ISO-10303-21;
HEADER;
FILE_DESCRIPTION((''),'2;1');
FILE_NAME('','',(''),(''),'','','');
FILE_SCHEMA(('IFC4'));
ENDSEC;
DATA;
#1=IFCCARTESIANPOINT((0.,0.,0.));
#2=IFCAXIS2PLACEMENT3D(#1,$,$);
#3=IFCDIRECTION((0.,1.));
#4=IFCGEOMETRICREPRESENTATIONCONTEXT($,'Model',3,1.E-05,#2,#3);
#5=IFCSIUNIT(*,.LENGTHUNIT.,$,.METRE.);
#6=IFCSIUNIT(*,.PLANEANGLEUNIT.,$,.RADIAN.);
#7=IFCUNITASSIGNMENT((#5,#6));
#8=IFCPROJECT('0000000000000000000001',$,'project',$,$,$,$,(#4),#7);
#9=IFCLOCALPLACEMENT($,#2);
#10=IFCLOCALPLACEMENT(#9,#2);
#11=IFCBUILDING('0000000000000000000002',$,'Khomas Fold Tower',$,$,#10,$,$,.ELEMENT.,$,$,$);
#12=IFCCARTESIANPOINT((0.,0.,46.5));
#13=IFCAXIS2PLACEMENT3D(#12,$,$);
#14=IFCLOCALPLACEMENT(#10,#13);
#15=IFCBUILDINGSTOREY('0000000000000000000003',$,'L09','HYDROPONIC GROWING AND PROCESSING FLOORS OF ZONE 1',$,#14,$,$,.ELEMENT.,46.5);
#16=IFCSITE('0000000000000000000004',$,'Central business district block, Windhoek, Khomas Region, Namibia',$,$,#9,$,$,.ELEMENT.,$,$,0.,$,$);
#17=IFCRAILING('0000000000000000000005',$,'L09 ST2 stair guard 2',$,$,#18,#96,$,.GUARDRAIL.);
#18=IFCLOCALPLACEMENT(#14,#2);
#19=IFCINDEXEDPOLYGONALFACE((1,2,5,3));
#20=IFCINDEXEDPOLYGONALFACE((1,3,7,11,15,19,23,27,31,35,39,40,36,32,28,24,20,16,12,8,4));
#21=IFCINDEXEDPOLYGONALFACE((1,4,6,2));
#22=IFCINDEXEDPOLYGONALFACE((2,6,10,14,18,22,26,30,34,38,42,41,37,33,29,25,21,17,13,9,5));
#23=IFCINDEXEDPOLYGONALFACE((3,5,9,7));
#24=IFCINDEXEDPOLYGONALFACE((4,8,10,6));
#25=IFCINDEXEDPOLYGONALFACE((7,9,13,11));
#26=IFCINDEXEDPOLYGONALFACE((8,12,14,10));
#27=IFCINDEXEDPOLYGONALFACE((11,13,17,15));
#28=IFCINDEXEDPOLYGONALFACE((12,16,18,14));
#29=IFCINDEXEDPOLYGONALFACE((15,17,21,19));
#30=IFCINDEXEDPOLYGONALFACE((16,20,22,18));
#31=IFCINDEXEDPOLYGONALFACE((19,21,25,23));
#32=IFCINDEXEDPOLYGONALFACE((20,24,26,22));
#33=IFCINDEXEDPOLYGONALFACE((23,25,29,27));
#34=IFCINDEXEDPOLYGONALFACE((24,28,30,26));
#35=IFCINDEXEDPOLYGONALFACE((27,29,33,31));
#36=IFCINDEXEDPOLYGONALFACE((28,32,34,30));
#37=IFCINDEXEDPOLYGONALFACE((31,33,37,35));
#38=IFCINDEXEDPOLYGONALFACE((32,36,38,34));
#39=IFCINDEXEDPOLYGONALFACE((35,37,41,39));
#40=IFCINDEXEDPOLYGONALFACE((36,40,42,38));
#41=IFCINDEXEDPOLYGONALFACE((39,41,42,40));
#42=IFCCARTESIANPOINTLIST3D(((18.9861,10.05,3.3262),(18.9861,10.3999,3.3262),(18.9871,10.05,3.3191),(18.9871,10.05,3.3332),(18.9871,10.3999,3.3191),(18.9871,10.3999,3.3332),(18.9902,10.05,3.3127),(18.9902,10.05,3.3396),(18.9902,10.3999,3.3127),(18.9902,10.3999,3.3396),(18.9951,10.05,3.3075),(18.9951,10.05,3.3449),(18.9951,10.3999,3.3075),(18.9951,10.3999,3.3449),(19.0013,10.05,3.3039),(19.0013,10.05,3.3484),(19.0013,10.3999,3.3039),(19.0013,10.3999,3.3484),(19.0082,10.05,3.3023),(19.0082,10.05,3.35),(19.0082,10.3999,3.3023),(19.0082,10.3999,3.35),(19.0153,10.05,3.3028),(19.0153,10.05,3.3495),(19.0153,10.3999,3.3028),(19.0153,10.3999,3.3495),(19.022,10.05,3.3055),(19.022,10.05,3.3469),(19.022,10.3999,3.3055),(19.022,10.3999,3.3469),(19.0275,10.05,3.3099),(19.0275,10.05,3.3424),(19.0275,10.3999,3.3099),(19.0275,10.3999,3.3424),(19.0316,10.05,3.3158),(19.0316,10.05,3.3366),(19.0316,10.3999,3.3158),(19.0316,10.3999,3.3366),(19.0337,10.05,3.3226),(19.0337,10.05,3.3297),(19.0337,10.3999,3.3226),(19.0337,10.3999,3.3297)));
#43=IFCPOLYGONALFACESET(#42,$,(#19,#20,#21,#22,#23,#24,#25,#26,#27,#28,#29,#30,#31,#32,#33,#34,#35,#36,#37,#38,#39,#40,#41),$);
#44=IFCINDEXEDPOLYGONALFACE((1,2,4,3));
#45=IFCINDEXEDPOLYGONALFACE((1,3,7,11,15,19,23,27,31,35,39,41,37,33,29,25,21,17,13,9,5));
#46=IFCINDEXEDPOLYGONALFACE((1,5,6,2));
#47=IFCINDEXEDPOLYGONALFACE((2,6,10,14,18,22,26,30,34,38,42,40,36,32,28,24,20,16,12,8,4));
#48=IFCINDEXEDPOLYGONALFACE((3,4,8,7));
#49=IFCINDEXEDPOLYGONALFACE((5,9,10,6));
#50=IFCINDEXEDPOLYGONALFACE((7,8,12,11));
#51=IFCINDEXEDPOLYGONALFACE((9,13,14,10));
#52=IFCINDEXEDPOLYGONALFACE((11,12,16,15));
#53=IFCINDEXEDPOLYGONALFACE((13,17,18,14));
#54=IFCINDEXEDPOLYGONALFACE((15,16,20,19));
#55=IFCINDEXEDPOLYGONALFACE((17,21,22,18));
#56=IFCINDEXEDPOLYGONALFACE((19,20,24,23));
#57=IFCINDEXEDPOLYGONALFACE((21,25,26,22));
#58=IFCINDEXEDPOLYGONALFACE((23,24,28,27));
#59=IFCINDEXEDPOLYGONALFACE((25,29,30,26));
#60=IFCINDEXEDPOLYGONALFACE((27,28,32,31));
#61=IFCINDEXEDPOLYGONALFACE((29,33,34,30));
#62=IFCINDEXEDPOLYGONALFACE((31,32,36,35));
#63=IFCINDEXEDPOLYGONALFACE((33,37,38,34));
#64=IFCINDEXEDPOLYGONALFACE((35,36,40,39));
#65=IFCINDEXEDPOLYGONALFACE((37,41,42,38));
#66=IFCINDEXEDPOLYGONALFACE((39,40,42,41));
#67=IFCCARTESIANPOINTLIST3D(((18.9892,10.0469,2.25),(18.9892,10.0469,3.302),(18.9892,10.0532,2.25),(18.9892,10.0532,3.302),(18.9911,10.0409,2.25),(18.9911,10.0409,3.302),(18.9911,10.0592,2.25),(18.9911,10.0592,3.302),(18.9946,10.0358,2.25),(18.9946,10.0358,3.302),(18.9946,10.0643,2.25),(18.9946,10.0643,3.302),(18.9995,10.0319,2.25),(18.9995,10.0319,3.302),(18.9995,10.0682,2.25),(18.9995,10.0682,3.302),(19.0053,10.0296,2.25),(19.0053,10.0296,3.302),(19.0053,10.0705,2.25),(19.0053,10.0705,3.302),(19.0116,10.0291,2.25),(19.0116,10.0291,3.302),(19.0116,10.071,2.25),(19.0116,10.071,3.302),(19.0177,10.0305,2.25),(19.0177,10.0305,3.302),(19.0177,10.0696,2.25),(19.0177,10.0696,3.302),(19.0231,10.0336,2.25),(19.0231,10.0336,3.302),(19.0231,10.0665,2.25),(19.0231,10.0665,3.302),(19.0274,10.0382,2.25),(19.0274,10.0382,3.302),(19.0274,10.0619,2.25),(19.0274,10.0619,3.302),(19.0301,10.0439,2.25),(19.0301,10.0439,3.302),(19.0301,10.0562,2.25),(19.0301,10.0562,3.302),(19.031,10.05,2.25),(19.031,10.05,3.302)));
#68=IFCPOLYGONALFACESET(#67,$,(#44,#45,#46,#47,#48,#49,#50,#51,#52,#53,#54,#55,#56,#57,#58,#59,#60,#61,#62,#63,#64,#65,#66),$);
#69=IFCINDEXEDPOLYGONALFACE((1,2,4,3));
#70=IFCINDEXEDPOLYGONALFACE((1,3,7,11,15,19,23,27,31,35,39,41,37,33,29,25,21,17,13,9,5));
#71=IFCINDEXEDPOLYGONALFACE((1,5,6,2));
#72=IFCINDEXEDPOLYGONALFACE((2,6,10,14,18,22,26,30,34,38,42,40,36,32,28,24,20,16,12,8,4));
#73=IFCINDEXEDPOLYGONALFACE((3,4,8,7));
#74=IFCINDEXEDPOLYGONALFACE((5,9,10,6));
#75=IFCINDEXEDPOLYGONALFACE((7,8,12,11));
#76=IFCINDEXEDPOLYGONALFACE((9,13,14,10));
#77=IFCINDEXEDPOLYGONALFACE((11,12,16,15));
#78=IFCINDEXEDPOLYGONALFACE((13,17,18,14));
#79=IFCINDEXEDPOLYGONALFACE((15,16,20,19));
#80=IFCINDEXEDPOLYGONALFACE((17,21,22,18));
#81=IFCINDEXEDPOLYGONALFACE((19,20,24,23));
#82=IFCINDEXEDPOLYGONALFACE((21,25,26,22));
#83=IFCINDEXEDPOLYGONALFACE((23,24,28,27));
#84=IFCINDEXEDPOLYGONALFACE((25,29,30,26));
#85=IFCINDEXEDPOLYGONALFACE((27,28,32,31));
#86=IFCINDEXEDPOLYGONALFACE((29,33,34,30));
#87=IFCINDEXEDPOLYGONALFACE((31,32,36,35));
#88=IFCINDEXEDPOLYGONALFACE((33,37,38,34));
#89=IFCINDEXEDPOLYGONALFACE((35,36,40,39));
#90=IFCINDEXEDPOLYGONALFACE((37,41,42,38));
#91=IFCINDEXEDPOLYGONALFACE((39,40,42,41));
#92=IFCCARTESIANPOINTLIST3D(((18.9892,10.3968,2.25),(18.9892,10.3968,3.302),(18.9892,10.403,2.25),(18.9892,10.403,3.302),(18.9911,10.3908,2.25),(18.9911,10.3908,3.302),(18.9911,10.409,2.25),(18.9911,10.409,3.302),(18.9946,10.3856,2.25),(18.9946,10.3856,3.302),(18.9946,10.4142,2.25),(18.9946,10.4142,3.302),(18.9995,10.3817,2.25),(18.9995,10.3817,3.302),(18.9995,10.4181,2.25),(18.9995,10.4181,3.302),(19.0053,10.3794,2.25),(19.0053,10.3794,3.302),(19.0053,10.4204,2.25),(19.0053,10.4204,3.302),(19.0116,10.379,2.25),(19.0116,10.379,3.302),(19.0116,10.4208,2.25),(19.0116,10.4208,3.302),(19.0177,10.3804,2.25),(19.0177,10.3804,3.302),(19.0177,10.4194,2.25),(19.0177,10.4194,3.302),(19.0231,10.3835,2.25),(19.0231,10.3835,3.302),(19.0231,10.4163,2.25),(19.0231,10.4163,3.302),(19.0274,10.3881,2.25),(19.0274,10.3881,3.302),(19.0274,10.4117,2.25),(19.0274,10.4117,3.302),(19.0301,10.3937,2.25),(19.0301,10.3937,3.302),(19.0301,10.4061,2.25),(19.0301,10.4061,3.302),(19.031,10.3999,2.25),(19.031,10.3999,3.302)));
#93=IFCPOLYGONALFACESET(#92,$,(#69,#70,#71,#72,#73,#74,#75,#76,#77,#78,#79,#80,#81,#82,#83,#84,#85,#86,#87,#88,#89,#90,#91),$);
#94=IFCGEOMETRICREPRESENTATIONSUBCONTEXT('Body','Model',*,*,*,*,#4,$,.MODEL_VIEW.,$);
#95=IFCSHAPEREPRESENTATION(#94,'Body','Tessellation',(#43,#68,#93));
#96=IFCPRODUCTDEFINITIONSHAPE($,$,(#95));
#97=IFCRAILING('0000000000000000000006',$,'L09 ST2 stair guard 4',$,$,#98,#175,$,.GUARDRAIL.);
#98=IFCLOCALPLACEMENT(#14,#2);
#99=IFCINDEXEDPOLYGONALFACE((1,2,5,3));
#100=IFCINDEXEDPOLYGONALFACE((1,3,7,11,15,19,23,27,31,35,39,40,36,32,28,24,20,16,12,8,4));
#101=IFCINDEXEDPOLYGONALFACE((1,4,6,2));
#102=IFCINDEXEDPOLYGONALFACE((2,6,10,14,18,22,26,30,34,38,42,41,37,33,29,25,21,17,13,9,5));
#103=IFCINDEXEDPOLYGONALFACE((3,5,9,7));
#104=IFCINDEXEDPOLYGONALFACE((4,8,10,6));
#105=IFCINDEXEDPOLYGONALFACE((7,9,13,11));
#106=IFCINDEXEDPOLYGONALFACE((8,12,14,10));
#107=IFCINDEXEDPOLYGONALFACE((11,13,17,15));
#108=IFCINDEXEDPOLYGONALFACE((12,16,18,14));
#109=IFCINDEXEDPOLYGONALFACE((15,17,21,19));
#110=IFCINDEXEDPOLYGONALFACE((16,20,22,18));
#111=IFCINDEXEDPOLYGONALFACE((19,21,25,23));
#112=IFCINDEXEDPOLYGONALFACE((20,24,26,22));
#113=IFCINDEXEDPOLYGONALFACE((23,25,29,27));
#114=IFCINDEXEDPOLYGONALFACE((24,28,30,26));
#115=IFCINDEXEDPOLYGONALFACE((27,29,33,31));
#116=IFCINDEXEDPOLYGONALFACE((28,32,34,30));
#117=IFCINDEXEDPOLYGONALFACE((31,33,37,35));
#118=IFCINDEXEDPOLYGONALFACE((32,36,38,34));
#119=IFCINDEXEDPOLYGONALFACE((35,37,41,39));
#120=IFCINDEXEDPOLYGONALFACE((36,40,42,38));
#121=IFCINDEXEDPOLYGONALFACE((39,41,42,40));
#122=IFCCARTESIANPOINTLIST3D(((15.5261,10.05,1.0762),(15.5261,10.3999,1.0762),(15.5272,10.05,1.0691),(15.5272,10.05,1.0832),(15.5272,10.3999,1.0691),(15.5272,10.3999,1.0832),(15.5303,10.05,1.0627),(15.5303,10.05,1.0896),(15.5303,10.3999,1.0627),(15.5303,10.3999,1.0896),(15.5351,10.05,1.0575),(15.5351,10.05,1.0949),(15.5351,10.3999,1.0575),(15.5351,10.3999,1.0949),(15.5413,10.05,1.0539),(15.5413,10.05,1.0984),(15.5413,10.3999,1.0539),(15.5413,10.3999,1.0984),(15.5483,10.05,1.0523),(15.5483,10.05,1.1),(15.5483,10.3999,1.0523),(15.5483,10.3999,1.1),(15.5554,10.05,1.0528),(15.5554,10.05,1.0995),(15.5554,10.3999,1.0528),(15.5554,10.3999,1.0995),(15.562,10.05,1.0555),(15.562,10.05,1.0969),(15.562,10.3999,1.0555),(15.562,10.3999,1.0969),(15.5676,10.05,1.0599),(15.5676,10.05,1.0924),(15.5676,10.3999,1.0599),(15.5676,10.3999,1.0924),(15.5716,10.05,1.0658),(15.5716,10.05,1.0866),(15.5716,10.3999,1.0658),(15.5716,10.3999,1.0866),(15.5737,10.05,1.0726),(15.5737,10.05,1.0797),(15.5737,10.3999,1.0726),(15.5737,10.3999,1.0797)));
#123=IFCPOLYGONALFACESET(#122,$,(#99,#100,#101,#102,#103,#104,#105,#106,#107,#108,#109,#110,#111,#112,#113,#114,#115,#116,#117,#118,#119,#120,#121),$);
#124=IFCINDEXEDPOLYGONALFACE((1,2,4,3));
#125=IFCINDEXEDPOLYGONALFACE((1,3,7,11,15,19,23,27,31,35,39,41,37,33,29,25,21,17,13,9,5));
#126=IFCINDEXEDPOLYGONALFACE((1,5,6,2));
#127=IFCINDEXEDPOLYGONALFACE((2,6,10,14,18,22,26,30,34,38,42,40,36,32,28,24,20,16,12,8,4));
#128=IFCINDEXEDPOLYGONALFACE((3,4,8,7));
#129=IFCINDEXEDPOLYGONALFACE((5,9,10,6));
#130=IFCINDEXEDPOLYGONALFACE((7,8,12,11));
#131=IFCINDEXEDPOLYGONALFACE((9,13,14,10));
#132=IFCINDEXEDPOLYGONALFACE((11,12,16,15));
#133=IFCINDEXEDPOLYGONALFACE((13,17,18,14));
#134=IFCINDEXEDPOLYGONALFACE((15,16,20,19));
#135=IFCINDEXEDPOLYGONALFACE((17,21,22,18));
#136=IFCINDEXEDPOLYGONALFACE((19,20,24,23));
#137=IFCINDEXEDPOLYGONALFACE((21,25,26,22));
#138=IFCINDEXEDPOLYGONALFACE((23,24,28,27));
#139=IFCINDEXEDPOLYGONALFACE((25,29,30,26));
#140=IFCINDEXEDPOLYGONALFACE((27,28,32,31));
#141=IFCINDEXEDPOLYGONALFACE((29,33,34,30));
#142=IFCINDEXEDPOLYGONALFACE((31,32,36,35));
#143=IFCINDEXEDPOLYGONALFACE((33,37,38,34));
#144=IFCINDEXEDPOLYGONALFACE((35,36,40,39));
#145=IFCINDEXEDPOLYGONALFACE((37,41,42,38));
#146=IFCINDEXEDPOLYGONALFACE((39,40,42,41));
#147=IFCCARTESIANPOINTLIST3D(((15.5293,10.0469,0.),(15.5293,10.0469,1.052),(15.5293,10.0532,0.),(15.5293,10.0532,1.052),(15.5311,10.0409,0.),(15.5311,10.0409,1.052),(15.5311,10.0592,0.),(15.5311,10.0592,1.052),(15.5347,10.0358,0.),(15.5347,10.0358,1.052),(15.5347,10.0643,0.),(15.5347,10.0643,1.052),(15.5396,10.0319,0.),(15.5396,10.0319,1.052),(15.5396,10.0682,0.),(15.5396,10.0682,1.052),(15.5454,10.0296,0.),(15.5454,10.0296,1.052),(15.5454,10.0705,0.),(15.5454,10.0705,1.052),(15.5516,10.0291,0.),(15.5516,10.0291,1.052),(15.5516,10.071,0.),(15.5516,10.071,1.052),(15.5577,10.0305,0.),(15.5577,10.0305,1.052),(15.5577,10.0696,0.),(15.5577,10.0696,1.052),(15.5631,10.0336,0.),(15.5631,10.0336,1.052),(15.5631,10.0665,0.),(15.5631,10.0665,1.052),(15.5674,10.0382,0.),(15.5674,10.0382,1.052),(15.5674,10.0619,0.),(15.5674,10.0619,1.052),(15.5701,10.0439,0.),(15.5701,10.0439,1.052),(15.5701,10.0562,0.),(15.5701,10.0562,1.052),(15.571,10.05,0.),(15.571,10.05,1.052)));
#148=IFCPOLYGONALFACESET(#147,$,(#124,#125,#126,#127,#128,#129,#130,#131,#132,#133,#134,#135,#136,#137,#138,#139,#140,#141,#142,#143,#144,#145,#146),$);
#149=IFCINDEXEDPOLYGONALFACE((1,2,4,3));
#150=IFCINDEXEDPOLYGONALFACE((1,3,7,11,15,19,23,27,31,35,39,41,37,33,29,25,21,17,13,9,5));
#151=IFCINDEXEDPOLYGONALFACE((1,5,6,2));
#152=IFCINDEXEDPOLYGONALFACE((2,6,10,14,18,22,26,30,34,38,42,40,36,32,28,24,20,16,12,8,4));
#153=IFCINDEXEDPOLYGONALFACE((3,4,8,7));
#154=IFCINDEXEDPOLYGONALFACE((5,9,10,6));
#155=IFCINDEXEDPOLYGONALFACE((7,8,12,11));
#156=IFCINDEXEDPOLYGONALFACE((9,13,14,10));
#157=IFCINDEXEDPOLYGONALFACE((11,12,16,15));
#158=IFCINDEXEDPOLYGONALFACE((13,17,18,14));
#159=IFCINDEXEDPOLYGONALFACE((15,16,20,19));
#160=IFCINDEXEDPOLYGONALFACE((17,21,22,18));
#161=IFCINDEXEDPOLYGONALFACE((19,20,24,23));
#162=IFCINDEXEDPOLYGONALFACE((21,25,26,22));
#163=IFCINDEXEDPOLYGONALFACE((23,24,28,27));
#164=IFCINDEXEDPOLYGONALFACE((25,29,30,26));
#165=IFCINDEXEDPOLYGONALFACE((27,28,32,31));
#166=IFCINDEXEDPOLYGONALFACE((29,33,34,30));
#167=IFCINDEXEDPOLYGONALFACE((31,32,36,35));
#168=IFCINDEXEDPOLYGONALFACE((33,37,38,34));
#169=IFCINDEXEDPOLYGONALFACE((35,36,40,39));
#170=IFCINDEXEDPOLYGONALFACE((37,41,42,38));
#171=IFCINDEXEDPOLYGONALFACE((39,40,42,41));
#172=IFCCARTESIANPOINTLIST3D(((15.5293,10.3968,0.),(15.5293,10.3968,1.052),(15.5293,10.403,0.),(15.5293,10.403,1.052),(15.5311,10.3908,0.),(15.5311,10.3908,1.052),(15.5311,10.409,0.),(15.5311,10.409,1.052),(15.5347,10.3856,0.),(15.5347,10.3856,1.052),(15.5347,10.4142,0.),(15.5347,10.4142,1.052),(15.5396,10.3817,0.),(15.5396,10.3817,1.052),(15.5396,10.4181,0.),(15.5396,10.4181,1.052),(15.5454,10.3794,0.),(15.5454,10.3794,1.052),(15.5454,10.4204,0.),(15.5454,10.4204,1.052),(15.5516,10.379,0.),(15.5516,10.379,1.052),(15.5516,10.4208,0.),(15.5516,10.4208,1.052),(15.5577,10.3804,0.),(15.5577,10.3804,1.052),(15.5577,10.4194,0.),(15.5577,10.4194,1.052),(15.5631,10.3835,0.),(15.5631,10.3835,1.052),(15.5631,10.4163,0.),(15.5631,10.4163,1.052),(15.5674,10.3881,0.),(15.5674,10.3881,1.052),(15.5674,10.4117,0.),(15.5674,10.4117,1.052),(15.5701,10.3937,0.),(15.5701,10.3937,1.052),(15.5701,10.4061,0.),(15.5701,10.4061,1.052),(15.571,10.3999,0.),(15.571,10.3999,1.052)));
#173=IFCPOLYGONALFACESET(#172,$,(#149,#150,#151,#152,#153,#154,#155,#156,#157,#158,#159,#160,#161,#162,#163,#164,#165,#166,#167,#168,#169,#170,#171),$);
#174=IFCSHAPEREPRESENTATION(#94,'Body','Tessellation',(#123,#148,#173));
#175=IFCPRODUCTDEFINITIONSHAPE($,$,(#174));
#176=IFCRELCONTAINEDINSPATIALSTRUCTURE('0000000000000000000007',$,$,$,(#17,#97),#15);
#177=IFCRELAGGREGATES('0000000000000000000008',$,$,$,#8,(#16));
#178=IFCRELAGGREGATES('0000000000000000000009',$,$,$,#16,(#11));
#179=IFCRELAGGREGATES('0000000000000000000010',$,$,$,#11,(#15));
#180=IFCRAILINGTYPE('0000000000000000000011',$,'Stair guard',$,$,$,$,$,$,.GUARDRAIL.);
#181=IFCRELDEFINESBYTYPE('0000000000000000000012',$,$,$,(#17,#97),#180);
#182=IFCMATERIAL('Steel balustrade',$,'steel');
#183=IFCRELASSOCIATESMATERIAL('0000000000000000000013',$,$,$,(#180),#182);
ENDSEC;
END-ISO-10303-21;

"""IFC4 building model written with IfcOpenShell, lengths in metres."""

from ifc_helpers import new_model, si_unit, direction, frame, origin, origin_2d, place, context, subcontext, project, spatial, circle, extrude, source, transform, mapped, material, type_object, element, save


model = new_model("IFC4")

# Units and contexts
model_context = context("Model", 3, precision=1e-05, world=origin(), true_north=direction((0.0, 1.0)))
body_context = subcontext(model_context, "Body", "Model", "MODEL_VIEW")
ifc_project = project(units=[si_unit("LENGTHUNIT", "METRE"), si_unit("PLANEANGLEUNIT", "RADIAN")], contexts=[model_context])

# Site, building, storey
site_placement = place(None, origin())
site = spatial("IfcSite", under=ifc_project, at=site_placement, Name="Central business district block, Windhoek, Khomas Region, Namibia", CompositionType="ELEMENT", RefElevation=0.0)
building_placement = place(site_placement, origin())
building = spatial("IfcBuilding", under=site, at=building_placement, Name="Khomas Fold Tower", CompositionType="ELEMENT")
storey_placement = place(building_placement, frame((0.0, 0.0, 46.5)))
storey = spatial("IfcBuildingStorey", under=building, at=storey_placement, Name="L09", Description="HYDROPONIC GROWING AND PROCESSING FLOORS OF ZONE 1", CompositionType="ELEMENT", Elevation=46.5)

# Railings
ifc_material_1 = material(Name="Steel balustrade", Category="steel")
railing_type_1 = type_object("IfcRailingType", Name="Stair guard", PredefinedType="GUARDRAIL", material=ifc_material_1)
shared_shape_1 = source(origin(), body_context, "Body", "SweptSolid", [
    extrude(circle(Radius=0.0239, at=origin_2d()), frame((0.0, 0.0, 1.0762), z_axis=(0.0, 1.0, 0.0), x_axis=(-1.0, 0.0, 0.0)), (0.0, 0.0, 1.0), 0.3499),
    extrude(circle(Radius=0.021, at=origin_2d()), origin(), (0.0, 0.0, 1.0), 1.052),
    extrude(circle(Radius=0.021, at=origin_2d()), frame((0.0, 0.3499, 0.0)), (0.0, 0.0, 1.0), 1.052),
])
for number, where, name in (
    (1, (19.01, 10.05, 2.25), "L09 ST2 stair guard 2"),
    (2, (15.55, 10.05, 0.0), "L09 ST2 stair guard 4"),
):
    element("IfcRailing", number, at=place(storey_placement, frame(where)), inside=storey, type_object=railing_type_1, Name=name, PredefinedType="GUARDRAIL", context=body_context, shape_type="MappedRepresentation", body=[
        mapped(shared_shape_1, transform((0.0, 0.0, 0.0))),
    ])

save(model, "model.ifc")
